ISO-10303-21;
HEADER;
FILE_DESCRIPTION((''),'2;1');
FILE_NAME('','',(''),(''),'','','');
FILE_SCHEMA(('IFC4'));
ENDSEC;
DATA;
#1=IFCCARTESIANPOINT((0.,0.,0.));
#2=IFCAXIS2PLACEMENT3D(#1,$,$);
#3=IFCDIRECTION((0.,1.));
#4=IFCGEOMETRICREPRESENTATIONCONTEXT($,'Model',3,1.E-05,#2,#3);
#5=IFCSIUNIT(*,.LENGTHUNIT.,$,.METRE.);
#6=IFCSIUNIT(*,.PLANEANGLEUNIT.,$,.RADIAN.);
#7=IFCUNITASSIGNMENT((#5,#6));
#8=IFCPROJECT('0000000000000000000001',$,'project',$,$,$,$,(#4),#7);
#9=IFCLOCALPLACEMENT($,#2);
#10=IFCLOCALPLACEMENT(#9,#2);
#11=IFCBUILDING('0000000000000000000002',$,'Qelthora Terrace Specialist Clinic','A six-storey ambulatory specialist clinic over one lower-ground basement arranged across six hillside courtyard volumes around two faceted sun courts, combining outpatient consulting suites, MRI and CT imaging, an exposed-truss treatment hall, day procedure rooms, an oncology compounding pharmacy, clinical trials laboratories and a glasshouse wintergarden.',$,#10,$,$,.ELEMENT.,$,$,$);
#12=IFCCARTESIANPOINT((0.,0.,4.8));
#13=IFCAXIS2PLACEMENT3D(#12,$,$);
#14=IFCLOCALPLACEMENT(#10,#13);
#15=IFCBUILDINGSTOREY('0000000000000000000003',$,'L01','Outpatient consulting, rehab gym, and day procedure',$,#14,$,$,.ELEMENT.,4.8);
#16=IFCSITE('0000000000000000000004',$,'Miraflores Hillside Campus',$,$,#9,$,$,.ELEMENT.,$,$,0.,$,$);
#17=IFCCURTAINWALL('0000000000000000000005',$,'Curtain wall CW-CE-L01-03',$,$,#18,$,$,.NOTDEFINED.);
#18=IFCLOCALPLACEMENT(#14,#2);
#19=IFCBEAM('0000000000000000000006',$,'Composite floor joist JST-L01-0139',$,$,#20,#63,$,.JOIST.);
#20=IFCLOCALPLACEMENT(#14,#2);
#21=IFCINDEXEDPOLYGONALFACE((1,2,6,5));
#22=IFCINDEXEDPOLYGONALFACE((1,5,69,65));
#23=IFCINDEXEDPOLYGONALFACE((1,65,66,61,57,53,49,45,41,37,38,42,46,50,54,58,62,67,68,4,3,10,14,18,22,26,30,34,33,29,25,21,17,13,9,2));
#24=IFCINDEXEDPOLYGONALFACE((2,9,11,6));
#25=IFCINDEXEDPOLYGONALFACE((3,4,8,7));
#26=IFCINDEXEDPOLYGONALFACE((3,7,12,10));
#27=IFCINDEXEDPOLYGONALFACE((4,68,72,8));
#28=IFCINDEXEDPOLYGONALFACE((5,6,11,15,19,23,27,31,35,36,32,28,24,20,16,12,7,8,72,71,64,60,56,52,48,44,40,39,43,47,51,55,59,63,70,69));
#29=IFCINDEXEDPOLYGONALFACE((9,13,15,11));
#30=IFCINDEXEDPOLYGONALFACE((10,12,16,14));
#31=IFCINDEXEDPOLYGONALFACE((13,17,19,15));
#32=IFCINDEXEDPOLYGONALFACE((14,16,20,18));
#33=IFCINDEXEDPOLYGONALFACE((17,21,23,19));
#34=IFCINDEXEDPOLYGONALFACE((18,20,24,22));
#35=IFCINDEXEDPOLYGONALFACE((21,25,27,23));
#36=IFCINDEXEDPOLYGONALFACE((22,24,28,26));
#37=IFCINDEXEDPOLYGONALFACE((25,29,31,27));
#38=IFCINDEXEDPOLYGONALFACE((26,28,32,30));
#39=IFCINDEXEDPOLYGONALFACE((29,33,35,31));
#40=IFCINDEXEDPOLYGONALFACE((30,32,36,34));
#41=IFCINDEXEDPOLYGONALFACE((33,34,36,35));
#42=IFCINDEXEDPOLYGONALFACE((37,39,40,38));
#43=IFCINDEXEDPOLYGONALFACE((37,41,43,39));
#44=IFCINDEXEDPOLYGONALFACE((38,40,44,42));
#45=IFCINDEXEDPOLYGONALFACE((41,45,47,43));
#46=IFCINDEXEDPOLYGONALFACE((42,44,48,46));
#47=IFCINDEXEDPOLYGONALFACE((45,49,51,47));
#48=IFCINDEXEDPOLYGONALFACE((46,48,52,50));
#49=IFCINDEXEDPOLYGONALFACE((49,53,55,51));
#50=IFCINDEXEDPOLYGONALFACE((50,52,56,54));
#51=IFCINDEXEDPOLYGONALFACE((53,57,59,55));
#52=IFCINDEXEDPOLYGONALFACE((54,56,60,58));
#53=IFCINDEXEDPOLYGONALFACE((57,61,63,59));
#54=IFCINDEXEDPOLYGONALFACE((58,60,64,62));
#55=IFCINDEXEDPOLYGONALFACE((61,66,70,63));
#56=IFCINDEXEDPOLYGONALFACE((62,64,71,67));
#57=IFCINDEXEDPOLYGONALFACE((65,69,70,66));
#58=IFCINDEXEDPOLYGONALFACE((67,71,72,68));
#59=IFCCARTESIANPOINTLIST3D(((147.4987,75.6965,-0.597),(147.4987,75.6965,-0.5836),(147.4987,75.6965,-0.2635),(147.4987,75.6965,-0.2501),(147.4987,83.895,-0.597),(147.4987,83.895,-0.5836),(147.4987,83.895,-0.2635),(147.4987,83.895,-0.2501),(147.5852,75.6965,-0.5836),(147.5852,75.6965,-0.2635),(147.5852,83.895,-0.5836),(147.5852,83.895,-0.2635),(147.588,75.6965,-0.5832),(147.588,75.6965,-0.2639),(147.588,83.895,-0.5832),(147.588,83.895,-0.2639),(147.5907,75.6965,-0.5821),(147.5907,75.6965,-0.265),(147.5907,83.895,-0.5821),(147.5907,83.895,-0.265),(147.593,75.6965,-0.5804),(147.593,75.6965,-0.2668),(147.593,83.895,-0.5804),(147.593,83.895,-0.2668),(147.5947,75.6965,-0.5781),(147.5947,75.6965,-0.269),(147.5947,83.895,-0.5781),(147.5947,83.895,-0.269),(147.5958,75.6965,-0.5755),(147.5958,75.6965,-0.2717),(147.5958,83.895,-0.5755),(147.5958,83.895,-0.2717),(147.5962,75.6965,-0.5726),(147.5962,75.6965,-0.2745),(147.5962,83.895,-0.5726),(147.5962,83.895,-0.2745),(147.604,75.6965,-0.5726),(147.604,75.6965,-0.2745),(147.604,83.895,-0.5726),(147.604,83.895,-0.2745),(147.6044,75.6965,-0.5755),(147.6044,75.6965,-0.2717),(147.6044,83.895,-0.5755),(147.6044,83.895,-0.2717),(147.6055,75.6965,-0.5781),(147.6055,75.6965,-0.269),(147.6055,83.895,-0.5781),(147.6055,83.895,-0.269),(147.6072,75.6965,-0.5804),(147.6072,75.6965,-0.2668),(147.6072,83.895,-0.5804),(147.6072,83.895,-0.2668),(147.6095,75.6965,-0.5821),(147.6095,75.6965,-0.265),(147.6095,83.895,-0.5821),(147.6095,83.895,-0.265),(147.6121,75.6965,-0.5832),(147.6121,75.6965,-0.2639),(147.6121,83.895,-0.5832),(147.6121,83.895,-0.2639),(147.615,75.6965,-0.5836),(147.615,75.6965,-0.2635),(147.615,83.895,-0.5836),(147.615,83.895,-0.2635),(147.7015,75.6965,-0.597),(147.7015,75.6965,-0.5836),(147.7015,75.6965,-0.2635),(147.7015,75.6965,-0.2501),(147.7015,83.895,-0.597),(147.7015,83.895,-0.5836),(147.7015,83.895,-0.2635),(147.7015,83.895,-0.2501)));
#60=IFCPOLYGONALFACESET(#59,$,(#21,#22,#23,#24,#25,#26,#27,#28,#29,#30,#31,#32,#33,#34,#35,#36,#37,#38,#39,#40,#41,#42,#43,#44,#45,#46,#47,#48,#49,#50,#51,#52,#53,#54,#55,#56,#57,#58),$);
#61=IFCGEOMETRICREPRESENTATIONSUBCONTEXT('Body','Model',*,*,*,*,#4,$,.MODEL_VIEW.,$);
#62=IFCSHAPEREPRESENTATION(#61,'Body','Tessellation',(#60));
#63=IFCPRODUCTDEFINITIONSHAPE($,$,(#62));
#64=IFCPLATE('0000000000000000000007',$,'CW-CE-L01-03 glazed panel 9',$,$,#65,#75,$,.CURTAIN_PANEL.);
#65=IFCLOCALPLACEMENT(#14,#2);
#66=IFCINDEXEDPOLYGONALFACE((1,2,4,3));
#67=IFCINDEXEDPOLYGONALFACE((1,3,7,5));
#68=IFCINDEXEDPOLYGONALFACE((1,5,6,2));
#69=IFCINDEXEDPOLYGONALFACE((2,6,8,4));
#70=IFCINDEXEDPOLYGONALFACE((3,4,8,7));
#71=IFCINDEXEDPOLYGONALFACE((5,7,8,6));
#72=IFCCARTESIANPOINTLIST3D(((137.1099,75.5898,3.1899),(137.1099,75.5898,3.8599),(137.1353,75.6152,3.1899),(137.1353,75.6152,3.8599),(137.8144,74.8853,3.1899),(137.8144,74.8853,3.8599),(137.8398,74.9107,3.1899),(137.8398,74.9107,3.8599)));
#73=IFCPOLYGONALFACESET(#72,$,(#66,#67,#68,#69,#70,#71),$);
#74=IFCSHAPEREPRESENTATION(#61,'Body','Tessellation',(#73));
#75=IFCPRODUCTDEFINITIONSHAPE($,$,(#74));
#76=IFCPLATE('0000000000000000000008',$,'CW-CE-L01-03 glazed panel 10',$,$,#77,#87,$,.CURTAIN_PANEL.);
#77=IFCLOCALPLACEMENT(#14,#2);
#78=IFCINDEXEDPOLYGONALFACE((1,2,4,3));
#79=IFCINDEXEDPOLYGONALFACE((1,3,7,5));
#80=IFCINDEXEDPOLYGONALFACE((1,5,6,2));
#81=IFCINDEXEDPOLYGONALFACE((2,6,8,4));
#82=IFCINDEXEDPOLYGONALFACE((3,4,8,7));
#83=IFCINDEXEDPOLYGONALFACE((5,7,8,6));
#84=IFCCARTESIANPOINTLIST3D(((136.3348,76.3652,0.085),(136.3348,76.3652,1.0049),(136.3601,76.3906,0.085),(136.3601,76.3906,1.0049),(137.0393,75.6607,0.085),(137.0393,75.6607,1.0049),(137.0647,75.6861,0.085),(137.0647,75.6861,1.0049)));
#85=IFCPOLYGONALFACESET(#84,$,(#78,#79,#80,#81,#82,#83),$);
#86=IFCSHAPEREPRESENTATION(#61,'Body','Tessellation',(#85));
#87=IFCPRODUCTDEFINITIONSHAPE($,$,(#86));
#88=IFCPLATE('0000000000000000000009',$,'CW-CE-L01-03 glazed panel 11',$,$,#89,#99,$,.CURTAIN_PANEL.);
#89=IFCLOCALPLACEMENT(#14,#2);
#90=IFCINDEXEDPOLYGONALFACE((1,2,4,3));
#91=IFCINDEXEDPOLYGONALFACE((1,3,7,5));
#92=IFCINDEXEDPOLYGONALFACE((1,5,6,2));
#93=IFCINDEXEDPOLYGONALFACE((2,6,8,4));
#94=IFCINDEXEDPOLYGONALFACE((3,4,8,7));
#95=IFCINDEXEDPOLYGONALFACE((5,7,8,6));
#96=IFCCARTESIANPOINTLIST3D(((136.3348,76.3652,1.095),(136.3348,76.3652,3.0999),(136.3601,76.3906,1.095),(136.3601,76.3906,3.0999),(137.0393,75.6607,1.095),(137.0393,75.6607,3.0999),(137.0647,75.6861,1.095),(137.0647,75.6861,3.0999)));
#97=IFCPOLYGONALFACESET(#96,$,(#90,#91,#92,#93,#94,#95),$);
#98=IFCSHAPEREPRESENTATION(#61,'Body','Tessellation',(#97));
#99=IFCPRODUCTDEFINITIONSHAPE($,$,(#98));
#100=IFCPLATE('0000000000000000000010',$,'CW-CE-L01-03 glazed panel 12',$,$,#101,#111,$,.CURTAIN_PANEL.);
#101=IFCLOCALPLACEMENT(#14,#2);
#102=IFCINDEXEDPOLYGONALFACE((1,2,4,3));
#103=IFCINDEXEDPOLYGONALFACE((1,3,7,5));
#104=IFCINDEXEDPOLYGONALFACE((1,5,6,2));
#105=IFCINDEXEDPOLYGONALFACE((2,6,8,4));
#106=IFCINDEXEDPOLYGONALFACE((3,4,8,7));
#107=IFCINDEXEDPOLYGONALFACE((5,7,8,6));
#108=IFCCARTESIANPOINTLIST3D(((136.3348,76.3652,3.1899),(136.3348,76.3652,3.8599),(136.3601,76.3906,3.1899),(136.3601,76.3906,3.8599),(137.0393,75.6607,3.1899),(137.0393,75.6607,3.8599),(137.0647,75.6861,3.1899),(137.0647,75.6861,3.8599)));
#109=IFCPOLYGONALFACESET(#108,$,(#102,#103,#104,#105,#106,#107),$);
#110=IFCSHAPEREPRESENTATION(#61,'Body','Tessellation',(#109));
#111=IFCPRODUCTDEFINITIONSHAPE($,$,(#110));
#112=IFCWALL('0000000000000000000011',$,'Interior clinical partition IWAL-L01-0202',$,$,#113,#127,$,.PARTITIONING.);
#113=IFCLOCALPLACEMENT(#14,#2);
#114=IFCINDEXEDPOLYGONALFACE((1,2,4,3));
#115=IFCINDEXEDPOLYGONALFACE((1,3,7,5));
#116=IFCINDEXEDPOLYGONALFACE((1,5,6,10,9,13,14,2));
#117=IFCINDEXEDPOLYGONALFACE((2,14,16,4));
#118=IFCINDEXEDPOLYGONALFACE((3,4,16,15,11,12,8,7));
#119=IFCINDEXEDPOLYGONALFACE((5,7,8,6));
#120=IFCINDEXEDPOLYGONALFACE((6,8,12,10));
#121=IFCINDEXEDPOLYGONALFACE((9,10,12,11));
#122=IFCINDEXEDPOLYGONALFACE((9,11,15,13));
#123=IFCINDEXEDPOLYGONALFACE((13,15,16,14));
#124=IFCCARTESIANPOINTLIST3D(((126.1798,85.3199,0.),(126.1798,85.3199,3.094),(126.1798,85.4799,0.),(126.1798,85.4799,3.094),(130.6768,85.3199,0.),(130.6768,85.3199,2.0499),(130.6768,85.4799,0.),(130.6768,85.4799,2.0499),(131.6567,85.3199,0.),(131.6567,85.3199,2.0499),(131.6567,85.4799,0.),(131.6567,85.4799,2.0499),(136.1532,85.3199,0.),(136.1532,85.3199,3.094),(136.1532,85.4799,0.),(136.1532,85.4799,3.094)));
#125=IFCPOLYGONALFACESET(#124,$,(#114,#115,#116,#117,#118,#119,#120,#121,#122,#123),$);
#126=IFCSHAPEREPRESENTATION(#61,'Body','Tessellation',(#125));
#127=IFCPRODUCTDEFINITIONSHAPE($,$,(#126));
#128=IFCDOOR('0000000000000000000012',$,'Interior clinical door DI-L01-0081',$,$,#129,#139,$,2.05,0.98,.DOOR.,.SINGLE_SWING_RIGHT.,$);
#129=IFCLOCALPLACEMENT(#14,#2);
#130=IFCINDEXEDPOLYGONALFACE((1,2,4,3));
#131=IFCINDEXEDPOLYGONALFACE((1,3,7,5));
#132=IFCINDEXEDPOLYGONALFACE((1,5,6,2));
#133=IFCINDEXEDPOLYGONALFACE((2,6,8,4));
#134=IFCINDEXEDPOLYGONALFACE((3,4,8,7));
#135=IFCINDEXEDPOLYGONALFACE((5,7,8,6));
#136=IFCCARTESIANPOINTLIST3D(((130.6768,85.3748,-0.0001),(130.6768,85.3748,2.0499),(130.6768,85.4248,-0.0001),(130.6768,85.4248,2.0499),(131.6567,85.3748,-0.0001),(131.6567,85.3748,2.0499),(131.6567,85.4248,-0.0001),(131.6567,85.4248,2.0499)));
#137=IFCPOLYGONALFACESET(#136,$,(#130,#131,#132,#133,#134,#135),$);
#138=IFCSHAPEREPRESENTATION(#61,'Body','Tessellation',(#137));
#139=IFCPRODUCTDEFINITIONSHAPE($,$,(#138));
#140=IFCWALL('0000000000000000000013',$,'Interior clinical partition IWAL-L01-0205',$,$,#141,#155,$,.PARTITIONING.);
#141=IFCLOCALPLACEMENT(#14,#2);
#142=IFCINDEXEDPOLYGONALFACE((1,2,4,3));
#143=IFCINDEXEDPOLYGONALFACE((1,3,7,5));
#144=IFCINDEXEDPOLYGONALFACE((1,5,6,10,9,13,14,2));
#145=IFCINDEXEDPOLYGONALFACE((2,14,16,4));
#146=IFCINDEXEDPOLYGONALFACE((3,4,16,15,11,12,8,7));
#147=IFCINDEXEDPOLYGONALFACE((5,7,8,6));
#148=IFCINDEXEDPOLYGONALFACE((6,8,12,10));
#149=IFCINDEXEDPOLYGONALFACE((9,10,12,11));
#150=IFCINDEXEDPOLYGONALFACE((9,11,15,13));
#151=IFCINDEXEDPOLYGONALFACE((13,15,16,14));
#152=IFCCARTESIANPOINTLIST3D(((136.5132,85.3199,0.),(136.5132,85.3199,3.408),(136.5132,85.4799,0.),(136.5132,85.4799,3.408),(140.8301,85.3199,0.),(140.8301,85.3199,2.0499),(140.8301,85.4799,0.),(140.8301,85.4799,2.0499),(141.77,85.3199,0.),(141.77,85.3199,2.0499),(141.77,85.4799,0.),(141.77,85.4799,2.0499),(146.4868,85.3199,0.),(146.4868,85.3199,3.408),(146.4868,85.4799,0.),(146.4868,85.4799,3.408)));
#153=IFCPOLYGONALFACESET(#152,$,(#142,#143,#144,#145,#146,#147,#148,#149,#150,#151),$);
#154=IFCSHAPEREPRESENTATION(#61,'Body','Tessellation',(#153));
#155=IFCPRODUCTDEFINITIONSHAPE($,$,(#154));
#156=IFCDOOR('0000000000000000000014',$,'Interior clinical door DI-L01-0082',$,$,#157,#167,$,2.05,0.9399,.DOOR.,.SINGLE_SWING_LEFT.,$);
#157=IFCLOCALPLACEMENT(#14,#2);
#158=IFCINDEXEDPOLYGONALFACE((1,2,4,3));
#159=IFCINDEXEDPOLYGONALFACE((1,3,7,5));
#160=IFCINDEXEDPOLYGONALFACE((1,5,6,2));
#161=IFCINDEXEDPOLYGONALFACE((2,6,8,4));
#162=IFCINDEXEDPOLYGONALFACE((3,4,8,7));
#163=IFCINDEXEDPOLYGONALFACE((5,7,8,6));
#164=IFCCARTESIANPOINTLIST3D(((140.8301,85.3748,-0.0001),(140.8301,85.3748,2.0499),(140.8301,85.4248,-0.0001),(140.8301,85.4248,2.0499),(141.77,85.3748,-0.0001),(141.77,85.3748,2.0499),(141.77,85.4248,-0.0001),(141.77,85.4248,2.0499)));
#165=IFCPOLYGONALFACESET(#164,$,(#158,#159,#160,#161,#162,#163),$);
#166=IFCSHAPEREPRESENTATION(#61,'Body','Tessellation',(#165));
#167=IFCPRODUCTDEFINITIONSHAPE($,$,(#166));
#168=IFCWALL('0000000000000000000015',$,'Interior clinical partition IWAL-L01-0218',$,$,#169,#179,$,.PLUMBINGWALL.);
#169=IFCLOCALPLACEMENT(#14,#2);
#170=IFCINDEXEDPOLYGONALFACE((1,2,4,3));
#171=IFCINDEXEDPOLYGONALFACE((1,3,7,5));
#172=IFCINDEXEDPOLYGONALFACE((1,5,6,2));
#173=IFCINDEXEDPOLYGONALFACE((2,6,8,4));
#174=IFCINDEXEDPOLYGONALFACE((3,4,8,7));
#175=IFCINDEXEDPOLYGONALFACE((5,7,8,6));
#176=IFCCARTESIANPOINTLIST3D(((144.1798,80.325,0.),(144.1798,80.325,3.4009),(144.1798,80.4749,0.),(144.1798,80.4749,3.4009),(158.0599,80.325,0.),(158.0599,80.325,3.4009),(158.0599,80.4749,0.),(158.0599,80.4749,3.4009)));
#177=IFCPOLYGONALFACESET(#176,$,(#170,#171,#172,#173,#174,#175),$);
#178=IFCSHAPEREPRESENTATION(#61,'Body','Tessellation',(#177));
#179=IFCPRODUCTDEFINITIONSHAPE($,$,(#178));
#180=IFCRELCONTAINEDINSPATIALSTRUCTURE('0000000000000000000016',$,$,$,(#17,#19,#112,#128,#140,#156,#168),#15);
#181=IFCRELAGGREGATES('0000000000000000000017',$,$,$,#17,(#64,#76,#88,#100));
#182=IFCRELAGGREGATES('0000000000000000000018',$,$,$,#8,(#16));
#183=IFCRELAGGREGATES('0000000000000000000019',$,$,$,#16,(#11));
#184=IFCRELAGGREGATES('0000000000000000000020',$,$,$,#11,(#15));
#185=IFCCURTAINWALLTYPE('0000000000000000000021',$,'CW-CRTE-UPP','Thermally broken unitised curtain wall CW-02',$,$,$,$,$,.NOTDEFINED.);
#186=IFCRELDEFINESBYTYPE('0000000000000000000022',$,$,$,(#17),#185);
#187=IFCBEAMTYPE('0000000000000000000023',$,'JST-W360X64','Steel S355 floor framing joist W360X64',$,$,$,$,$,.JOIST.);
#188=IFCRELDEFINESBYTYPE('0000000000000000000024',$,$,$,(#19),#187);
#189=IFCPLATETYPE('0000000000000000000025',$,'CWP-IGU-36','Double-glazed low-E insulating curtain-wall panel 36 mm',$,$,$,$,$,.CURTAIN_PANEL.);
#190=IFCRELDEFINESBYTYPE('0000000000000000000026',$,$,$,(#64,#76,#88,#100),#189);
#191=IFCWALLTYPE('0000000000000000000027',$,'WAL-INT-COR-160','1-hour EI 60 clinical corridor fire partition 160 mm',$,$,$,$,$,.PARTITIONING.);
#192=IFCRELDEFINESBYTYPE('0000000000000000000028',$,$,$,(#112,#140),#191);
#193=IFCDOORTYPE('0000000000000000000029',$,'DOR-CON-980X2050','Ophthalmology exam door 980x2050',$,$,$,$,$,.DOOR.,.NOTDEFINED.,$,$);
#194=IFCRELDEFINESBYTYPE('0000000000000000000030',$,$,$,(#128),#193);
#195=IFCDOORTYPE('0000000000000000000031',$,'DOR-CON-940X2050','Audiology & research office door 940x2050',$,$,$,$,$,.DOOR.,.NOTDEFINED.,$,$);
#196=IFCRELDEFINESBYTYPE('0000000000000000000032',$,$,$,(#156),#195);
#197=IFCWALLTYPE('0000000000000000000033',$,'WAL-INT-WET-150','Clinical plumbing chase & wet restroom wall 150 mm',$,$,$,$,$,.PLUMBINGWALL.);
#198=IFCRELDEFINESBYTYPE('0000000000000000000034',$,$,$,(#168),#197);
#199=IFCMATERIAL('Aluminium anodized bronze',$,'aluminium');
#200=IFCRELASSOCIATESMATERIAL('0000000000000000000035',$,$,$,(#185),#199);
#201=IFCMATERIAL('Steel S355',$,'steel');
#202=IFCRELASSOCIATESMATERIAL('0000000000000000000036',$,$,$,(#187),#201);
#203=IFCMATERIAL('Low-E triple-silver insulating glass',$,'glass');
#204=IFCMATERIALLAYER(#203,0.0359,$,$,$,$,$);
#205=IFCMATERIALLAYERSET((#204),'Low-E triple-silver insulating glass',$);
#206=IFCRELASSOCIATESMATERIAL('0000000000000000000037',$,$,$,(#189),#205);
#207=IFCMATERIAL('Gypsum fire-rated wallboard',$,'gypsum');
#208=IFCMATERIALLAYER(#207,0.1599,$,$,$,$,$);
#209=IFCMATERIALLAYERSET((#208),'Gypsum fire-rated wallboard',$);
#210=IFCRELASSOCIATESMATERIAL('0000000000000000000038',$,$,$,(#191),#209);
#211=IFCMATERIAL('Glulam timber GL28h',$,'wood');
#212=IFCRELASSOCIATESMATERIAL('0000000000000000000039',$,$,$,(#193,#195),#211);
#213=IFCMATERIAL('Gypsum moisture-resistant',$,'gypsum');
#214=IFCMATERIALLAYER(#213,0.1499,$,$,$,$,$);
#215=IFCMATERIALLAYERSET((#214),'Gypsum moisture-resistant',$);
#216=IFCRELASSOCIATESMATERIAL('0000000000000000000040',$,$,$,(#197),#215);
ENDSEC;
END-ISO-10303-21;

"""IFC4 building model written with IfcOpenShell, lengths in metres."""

from ifc_helpers import new_model, si_unit, direction, frame, frame_2d, origin, origin_2d, place, context, subcontext, project, spatial, rectangle, i_section, extrude, material, layer, layer_set, material_profile, profile_set, type_object, element, fill, aggregate, save


model = new_model("IFC4")

# Units and contexts
model_context = context("Model", 3, precision=1e-05, world=origin(), true_north=direction((0.0, 1.0)))
body_context = subcontext(model_context, "Body", "Model", "MODEL_VIEW")
ifc_project = project(units=[si_unit("LENGTHUNIT", "METRE"), si_unit("PLANEANGLEUNIT", "RADIAN")], contexts=[model_context])

# Site, building, storey
site_placement = place(None, origin())
site = spatial("IfcSite", under=ifc_project, at=site_placement, Name="Miraflores Hillside Campus", CompositionType="ELEMENT", RefElevation=0.0)
building_placement = place(site_placement, origin())
building = spatial("IfcBuilding", under=site, at=building_placement, Name="Qelthora Terrace Specialist Clinic", Description="A six-storey ambulatory specialist clinic over one lower-ground basement arranged across six hillside courtyard volumes around two faceted sun courts, combining outpatient consulting suites, MRI and CT imaging, an exposed-truss treatment hall, day procedure rooms, an oncology compounding pharmacy, clinical trials laboratories and a glasshouse wintergarden.", CompositionType="ELEMENT")
storey_placement = place(building_placement, frame((0.0, 0.0, 4.8)))
storey = spatial("IfcBuildingStorey", under=building, at=storey_placement, Name="L01", Description="Outpatient consulting, rehab gym, and day procedure", CompositionType="ELEMENT", Elevation=4.8)

# Shared definitions
ifc_material_1 = material(Name="Steel S355", Category="steel")

# Curtain wall
ifc_material_2 = material(Name="Aluminium anodized bronze", Category="aluminium")
curtain_wall_type = type_object("IfcCurtainWallType", Name="CW-CRTE-UPP", Description="Thermally broken unitised curtain wall CW-02", PredefinedType="NOTDEFINED", material=ifc_material_2)
curtain_wall_1_placement = place(storey_placement, origin())
curtain_wall_1 = element("IfcCurtainWall", 1, at=curtain_wall_1_placement, inside=storey, type_object=curtain_wall_type, Name="Curtain wall CW-CE-L01-03", PredefinedType="NOTDEFINED")

# Beam
ifc_material_profile_1 = material_profile(ifc_material_1, i_section(OverallWidth=0.2029, OverallDepth=0.3469, WebThickness=0.0078, FlangeThickness=0.0134, FilletRadius=0.011, at=origin_2d()), Name="W360X64")
ifc_profile_set_1 = profile_set([ifc_material_profile_1], Name="Steel S355")
beam_type_1 = type_object("IfcBeamType", Name="JST-W360X64", Description="Steel S355 floor framing joist W360X64", PredefinedType="JOIST", material=ifc_profile_set_1)
beam_1_placement = place(storey_placement, frame((147.6001, 75.6965, -0.4236), z_axis=(0.0, 1.0, 0.0), x_axis=(-1.0, 0.0, 0.0)))
element("IfcBeam", 2, at=beam_1_placement, inside=storey, type_object=beam_type_1, Name="Composite floor joist JST-L01-0139", PredefinedType="JOIST", context=body_context, shape_type="SweptSolid", body=[
    extrude(i_section(OverallWidth=0.2029, OverallDepth=0.3469, WebThickness=0.0078, FlangeThickness=0.0134, FilletRadius=0.011, at=origin_2d()), origin(), (0.0, 0.0, 1.0), 8.1985),
])

# Plates
ifc_material_3 = material(Name="Low-E triple-silver insulating glass", Category="glass")
ifc_layer_1 = layer(ifc_material_3, 0.0359)
ifc_layer_set_1 = layer_set([ifc_layer_1], Name="Low-E triple-silver insulating glass")
plate_type = type_object("IfcPlateType", Name="CWP-IGU-36", Description="Double-glazed low-E insulating curtain-wall panel 36 mm", PredefinedType="CURTAIN_PANEL", material=ifc_layer_set_1)
plate_1_placement = place(storey_placement, frame((137.4749, 75.2502, 3.1899), z_axis=(0.0, 0.0, 1.0), x_axis=(-0.707107, 0.707107, 0.0)))
plate_1 = element("IfcPlate", 3, at=plate_1_placement, type_object=plate_type, Name="CW-CE-L01-03 glazed panel 9", PredefinedType="CURTAIN_PANEL", context=body_context, shape_type="SweptSolid", body=[
    extrude(rectangle(XDim=0.9963, YDim=0.0359, at=origin_2d()), origin(), (0.0, 0.0, 1.0), 0.6699),
])
plate_2_placement = place(storey_placement, frame((136.6997, 76.0256, 0.085), z_axis=(0.0, 0.0, 1.0), x_axis=(-0.707107, 0.707107, 0.0)))
plate_2 = element("IfcPlate", 4, at=plate_2_placement, type_object=plate_type, Name="CW-CE-L01-03 glazed panel 10", PredefinedType="CURTAIN_PANEL", context=body_context, shape_type="SweptSolid", body=[
    extrude(rectangle(XDim=0.9963, YDim=0.0359, at=origin_2d()), origin(), (0.0, 0.0, 1.0), 0.9199),
])
plate_3_placement = place(storey_placement, frame((136.6997, 76.0256, 1.095), z_axis=(0.0, 0.0, 1.0), x_axis=(-0.707107, 0.707107, 0.0)))
plate_3 = element("IfcPlate", 5, at=plate_3_placement, type_object=plate_type, Name="CW-CE-L01-03 glazed panel 11", PredefinedType="CURTAIN_PANEL", context=body_context, shape_type="SweptSolid", body=[
    extrude(rectangle(XDim=0.9963, YDim=0.0359, at=origin_2d()), origin(), (0.0, 0.0, 1.0), 2.0049),
])
plate_4_placement = place(storey_placement, frame((136.6997, 76.0256, 3.1899), z_axis=(0.0, 0.0, 1.0), x_axis=(-0.707107, 0.707107, 0.0)))
plate_4 = element("IfcPlate", 6, at=plate_4_placement, type_object=plate_type, Name="CW-CE-L01-03 glazed panel 12", PredefinedType="CURTAIN_PANEL", context=body_context, shape_type="SweptSolid", body=[
    extrude(rectangle(XDim=0.9963, YDim=0.0359, at=origin_2d()), origin(), (0.0, 0.0, 1.0), 0.6699),
])
aggregate(curtain_wall_1, [plate_1, plate_2, plate_3, plate_4])

# Walls, openings, doors
ifc_material_4 = material(Name="Gypsum fire-rated wallboard", Category="gypsum")
ifc_layer_2 = layer(ifc_material_4, 0.1599)
ifc_layer_set_2 = layer_set([ifc_layer_2], Name="Gypsum fire-rated wallboard")
wall_type_1 = type_object("IfcWallType", Name="WAL-INT-COR-160", Description="1-hour EI 60 clinical corridor fire partition 160 mm", PredefinedType="PARTITIONING", material=ifc_layer_set_2)
wall_1_placement = place(storey_placement, frame((136.1533, 85.3999, 0.0), z_axis=(0.0, 0.0, 1.0), x_axis=(-1.0, 0.0, 0.0)))
wall_1 = element("IfcWall", 7, at=wall_1_placement, inside=storey, type_object=wall_type_1, Name="Interior clinical partition IWAL-L01-0202", PredefinedType="PARTITIONING", context=body_context, shape_type="SweptSolid", body=[
    extrude(rectangle(XDim=9.9734, YDim=0.1599, at=frame_2d((4.9868, 0.0))), origin(), (0.0, 0.0, 1.0), 3.094),
])
opening_1_placement = place(wall_1_placement, frame((4.4966, 0.0, 0.0)))
opening_1 = element("IfcOpeningElement", 8, at=opening_1_placement, cuts=wall_1, PredefinedType="OPENING", context=body_context, shape_type="SweptSolid", body=[
    extrude(rectangle(XDim=0.98, YDim=2.05, at=frame_2d((0.49, 1.0249))), frame((0.0, 0.0898, 0.0), z_axis=(0.0, -1.0, 0.0), x_axis=(1.0, 0.0, 0.0)), (0.0, 0.0, 1.0), 0.1799),
])
ifc_material_5 = material(Name="Glulam timber GL28h", Category="wood")
door_type_1 = type_object("IfcDoorType", Name="DOR-CON-980X2050", Description="Ophthalmology exam door 980x2050", OperationType="NOTDEFINED", PredefinedType="DOOR", material=ifc_material_5)
door_1_placement = place(opening_1_placement, frame((0.98, 0.0, 0.0), z_axis=(0.0, 0.0, 1.0), x_axis=(-1.0, 0.0, 0.0)))
door_1 = element("IfcDoor", 9, at=door_1_placement, inside=storey, type_object=door_type_1, Name="Interior clinical door DI-L01-0081", OperationType="SINGLE_SWING_RIGHT", OverallHeight=2.05, OverallWidth=0.98, PredefinedType="DOOR", context=body_context, shape_type="SweptSolid", body=[
    extrude(rectangle(XDim=0.98, YDim=2.05, at=frame_2d((0.49, 1.0249))), frame((0.0, 0.0249, 0.0), z_axis=(0.0, -1.0, 0.0), x_axis=(1.0, 0.0, 0.0)), (0.0, 0.0, 1.0), 0.05),
])
fill(opening_1, door_1)
wall_2_placement = place(storey_placement, frame((146.4868, 85.3999, 0.0), z_axis=(0.0, 0.0, 1.0), x_axis=(-1.0, 0.0, 0.0)))
wall_2 = element("IfcWall", 10, at=wall_2_placement, inside=storey, type_object=wall_type_1, Name="Interior clinical partition IWAL-L01-0205", PredefinedType="PARTITIONING", context=body_context, shape_type="SweptSolid", body=[
    extrude(rectangle(XDim=9.9736, YDim=0.1599, at=frame_2d((4.9868, 0.0))), origin(), (0.0, 0.0, 1.0), 3.408),
])
opening_2_placement = place(wall_2_placement, frame((4.7168, 0.0, 0.0)))
opening_2 = element("IfcOpeningElement", 11, at=opening_2_placement, cuts=wall_2, PredefinedType="OPENING", context=body_context, shape_type="SweptSolid", body=[
    extrude(rectangle(XDim=0.9399, YDim=2.05, at=frame_2d((0.47, 1.0249))), frame((0.0, 0.0898, 0.0), z_axis=(0.0, -1.0, 0.0), x_axis=(1.0, 0.0, 0.0)), (0.0, 0.0, 1.0), 0.1799),
])
door_type_2 = type_object("IfcDoorType", Name="DOR-CON-940X2050", Description="Audiology & research office door 940x2050", OperationType="NOTDEFINED", PredefinedType="DOOR", material=ifc_material_5)
door_2_placement = place(opening_2_placement, frame((0.9399, 0.0, 0.0), z_axis=(0.0, 0.0, 1.0), x_axis=(-1.0, 0.0, 0.0)))
door_2 = element("IfcDoor", 12, at=door_2_placement, inside=storey, type_object=door_type_2, Name="Interior clinical door DI-L01-0082", OperationType="SINGLE_SWING_LEFT", OverallHeight=2.05, OverallWidth=0.9399, PredefinedType="DOOR", context=body_context, shape_type="SweptSolid", body=[
    extrude(rectangle(XDim=0.9399, YDim=2.05, at=frame_2d((0.47, 1.0249))), frame((0.0, 0.0249, 0.0), z_axis=(0.0, -1.0, 0.0), x_axis=(1.0, 0.0, 0.0)), (0.0, 0.0, 1.0), 0.05),
])
fill(opening_2, door_2)

# Wall
ifc_material_6 = material(Name="Gypsum moisture-resistant", Category="gypsum")
ifc_layer_3 = layer(ifc_material_6, 0.1499)
ifc_layer_set_3 = layer_set([ifc_layer_3], Name="Gypsum moisture-resistant")
wall_type_2 = type_object("IfcWallType", Name="WAL-INT-WET-150", Description="Clinical plumbing chase & wet restroom wall 150 mm", PredefinedType="PLUMBINGWALL", material=ifc_layer_set_3)
wall_3_placement = place(storey_placement, frame((144.1799, 80.3999, 0.0), z_axis=(0.0, 0.0, 1.0), x_axis=(1.0, 0.0, 0.0)))
element("IfcWall", 13, at=wall_3_placement, inside=storey, type_object=wall_type_2, Name="Interior clinical partition IWAL-L01-0218", PredefinedType="PLUMBINGWALL", context=body_context, shape_type="SweptSolid", body=[
    extrude(rectangle(XDim=13.8801, YDim=0.1499, at=frame_2d((6.9399, 0.0))), origin(), (0.0, 0.0, 1.0), 3.4009),
])

save(model, "model.ifc")
